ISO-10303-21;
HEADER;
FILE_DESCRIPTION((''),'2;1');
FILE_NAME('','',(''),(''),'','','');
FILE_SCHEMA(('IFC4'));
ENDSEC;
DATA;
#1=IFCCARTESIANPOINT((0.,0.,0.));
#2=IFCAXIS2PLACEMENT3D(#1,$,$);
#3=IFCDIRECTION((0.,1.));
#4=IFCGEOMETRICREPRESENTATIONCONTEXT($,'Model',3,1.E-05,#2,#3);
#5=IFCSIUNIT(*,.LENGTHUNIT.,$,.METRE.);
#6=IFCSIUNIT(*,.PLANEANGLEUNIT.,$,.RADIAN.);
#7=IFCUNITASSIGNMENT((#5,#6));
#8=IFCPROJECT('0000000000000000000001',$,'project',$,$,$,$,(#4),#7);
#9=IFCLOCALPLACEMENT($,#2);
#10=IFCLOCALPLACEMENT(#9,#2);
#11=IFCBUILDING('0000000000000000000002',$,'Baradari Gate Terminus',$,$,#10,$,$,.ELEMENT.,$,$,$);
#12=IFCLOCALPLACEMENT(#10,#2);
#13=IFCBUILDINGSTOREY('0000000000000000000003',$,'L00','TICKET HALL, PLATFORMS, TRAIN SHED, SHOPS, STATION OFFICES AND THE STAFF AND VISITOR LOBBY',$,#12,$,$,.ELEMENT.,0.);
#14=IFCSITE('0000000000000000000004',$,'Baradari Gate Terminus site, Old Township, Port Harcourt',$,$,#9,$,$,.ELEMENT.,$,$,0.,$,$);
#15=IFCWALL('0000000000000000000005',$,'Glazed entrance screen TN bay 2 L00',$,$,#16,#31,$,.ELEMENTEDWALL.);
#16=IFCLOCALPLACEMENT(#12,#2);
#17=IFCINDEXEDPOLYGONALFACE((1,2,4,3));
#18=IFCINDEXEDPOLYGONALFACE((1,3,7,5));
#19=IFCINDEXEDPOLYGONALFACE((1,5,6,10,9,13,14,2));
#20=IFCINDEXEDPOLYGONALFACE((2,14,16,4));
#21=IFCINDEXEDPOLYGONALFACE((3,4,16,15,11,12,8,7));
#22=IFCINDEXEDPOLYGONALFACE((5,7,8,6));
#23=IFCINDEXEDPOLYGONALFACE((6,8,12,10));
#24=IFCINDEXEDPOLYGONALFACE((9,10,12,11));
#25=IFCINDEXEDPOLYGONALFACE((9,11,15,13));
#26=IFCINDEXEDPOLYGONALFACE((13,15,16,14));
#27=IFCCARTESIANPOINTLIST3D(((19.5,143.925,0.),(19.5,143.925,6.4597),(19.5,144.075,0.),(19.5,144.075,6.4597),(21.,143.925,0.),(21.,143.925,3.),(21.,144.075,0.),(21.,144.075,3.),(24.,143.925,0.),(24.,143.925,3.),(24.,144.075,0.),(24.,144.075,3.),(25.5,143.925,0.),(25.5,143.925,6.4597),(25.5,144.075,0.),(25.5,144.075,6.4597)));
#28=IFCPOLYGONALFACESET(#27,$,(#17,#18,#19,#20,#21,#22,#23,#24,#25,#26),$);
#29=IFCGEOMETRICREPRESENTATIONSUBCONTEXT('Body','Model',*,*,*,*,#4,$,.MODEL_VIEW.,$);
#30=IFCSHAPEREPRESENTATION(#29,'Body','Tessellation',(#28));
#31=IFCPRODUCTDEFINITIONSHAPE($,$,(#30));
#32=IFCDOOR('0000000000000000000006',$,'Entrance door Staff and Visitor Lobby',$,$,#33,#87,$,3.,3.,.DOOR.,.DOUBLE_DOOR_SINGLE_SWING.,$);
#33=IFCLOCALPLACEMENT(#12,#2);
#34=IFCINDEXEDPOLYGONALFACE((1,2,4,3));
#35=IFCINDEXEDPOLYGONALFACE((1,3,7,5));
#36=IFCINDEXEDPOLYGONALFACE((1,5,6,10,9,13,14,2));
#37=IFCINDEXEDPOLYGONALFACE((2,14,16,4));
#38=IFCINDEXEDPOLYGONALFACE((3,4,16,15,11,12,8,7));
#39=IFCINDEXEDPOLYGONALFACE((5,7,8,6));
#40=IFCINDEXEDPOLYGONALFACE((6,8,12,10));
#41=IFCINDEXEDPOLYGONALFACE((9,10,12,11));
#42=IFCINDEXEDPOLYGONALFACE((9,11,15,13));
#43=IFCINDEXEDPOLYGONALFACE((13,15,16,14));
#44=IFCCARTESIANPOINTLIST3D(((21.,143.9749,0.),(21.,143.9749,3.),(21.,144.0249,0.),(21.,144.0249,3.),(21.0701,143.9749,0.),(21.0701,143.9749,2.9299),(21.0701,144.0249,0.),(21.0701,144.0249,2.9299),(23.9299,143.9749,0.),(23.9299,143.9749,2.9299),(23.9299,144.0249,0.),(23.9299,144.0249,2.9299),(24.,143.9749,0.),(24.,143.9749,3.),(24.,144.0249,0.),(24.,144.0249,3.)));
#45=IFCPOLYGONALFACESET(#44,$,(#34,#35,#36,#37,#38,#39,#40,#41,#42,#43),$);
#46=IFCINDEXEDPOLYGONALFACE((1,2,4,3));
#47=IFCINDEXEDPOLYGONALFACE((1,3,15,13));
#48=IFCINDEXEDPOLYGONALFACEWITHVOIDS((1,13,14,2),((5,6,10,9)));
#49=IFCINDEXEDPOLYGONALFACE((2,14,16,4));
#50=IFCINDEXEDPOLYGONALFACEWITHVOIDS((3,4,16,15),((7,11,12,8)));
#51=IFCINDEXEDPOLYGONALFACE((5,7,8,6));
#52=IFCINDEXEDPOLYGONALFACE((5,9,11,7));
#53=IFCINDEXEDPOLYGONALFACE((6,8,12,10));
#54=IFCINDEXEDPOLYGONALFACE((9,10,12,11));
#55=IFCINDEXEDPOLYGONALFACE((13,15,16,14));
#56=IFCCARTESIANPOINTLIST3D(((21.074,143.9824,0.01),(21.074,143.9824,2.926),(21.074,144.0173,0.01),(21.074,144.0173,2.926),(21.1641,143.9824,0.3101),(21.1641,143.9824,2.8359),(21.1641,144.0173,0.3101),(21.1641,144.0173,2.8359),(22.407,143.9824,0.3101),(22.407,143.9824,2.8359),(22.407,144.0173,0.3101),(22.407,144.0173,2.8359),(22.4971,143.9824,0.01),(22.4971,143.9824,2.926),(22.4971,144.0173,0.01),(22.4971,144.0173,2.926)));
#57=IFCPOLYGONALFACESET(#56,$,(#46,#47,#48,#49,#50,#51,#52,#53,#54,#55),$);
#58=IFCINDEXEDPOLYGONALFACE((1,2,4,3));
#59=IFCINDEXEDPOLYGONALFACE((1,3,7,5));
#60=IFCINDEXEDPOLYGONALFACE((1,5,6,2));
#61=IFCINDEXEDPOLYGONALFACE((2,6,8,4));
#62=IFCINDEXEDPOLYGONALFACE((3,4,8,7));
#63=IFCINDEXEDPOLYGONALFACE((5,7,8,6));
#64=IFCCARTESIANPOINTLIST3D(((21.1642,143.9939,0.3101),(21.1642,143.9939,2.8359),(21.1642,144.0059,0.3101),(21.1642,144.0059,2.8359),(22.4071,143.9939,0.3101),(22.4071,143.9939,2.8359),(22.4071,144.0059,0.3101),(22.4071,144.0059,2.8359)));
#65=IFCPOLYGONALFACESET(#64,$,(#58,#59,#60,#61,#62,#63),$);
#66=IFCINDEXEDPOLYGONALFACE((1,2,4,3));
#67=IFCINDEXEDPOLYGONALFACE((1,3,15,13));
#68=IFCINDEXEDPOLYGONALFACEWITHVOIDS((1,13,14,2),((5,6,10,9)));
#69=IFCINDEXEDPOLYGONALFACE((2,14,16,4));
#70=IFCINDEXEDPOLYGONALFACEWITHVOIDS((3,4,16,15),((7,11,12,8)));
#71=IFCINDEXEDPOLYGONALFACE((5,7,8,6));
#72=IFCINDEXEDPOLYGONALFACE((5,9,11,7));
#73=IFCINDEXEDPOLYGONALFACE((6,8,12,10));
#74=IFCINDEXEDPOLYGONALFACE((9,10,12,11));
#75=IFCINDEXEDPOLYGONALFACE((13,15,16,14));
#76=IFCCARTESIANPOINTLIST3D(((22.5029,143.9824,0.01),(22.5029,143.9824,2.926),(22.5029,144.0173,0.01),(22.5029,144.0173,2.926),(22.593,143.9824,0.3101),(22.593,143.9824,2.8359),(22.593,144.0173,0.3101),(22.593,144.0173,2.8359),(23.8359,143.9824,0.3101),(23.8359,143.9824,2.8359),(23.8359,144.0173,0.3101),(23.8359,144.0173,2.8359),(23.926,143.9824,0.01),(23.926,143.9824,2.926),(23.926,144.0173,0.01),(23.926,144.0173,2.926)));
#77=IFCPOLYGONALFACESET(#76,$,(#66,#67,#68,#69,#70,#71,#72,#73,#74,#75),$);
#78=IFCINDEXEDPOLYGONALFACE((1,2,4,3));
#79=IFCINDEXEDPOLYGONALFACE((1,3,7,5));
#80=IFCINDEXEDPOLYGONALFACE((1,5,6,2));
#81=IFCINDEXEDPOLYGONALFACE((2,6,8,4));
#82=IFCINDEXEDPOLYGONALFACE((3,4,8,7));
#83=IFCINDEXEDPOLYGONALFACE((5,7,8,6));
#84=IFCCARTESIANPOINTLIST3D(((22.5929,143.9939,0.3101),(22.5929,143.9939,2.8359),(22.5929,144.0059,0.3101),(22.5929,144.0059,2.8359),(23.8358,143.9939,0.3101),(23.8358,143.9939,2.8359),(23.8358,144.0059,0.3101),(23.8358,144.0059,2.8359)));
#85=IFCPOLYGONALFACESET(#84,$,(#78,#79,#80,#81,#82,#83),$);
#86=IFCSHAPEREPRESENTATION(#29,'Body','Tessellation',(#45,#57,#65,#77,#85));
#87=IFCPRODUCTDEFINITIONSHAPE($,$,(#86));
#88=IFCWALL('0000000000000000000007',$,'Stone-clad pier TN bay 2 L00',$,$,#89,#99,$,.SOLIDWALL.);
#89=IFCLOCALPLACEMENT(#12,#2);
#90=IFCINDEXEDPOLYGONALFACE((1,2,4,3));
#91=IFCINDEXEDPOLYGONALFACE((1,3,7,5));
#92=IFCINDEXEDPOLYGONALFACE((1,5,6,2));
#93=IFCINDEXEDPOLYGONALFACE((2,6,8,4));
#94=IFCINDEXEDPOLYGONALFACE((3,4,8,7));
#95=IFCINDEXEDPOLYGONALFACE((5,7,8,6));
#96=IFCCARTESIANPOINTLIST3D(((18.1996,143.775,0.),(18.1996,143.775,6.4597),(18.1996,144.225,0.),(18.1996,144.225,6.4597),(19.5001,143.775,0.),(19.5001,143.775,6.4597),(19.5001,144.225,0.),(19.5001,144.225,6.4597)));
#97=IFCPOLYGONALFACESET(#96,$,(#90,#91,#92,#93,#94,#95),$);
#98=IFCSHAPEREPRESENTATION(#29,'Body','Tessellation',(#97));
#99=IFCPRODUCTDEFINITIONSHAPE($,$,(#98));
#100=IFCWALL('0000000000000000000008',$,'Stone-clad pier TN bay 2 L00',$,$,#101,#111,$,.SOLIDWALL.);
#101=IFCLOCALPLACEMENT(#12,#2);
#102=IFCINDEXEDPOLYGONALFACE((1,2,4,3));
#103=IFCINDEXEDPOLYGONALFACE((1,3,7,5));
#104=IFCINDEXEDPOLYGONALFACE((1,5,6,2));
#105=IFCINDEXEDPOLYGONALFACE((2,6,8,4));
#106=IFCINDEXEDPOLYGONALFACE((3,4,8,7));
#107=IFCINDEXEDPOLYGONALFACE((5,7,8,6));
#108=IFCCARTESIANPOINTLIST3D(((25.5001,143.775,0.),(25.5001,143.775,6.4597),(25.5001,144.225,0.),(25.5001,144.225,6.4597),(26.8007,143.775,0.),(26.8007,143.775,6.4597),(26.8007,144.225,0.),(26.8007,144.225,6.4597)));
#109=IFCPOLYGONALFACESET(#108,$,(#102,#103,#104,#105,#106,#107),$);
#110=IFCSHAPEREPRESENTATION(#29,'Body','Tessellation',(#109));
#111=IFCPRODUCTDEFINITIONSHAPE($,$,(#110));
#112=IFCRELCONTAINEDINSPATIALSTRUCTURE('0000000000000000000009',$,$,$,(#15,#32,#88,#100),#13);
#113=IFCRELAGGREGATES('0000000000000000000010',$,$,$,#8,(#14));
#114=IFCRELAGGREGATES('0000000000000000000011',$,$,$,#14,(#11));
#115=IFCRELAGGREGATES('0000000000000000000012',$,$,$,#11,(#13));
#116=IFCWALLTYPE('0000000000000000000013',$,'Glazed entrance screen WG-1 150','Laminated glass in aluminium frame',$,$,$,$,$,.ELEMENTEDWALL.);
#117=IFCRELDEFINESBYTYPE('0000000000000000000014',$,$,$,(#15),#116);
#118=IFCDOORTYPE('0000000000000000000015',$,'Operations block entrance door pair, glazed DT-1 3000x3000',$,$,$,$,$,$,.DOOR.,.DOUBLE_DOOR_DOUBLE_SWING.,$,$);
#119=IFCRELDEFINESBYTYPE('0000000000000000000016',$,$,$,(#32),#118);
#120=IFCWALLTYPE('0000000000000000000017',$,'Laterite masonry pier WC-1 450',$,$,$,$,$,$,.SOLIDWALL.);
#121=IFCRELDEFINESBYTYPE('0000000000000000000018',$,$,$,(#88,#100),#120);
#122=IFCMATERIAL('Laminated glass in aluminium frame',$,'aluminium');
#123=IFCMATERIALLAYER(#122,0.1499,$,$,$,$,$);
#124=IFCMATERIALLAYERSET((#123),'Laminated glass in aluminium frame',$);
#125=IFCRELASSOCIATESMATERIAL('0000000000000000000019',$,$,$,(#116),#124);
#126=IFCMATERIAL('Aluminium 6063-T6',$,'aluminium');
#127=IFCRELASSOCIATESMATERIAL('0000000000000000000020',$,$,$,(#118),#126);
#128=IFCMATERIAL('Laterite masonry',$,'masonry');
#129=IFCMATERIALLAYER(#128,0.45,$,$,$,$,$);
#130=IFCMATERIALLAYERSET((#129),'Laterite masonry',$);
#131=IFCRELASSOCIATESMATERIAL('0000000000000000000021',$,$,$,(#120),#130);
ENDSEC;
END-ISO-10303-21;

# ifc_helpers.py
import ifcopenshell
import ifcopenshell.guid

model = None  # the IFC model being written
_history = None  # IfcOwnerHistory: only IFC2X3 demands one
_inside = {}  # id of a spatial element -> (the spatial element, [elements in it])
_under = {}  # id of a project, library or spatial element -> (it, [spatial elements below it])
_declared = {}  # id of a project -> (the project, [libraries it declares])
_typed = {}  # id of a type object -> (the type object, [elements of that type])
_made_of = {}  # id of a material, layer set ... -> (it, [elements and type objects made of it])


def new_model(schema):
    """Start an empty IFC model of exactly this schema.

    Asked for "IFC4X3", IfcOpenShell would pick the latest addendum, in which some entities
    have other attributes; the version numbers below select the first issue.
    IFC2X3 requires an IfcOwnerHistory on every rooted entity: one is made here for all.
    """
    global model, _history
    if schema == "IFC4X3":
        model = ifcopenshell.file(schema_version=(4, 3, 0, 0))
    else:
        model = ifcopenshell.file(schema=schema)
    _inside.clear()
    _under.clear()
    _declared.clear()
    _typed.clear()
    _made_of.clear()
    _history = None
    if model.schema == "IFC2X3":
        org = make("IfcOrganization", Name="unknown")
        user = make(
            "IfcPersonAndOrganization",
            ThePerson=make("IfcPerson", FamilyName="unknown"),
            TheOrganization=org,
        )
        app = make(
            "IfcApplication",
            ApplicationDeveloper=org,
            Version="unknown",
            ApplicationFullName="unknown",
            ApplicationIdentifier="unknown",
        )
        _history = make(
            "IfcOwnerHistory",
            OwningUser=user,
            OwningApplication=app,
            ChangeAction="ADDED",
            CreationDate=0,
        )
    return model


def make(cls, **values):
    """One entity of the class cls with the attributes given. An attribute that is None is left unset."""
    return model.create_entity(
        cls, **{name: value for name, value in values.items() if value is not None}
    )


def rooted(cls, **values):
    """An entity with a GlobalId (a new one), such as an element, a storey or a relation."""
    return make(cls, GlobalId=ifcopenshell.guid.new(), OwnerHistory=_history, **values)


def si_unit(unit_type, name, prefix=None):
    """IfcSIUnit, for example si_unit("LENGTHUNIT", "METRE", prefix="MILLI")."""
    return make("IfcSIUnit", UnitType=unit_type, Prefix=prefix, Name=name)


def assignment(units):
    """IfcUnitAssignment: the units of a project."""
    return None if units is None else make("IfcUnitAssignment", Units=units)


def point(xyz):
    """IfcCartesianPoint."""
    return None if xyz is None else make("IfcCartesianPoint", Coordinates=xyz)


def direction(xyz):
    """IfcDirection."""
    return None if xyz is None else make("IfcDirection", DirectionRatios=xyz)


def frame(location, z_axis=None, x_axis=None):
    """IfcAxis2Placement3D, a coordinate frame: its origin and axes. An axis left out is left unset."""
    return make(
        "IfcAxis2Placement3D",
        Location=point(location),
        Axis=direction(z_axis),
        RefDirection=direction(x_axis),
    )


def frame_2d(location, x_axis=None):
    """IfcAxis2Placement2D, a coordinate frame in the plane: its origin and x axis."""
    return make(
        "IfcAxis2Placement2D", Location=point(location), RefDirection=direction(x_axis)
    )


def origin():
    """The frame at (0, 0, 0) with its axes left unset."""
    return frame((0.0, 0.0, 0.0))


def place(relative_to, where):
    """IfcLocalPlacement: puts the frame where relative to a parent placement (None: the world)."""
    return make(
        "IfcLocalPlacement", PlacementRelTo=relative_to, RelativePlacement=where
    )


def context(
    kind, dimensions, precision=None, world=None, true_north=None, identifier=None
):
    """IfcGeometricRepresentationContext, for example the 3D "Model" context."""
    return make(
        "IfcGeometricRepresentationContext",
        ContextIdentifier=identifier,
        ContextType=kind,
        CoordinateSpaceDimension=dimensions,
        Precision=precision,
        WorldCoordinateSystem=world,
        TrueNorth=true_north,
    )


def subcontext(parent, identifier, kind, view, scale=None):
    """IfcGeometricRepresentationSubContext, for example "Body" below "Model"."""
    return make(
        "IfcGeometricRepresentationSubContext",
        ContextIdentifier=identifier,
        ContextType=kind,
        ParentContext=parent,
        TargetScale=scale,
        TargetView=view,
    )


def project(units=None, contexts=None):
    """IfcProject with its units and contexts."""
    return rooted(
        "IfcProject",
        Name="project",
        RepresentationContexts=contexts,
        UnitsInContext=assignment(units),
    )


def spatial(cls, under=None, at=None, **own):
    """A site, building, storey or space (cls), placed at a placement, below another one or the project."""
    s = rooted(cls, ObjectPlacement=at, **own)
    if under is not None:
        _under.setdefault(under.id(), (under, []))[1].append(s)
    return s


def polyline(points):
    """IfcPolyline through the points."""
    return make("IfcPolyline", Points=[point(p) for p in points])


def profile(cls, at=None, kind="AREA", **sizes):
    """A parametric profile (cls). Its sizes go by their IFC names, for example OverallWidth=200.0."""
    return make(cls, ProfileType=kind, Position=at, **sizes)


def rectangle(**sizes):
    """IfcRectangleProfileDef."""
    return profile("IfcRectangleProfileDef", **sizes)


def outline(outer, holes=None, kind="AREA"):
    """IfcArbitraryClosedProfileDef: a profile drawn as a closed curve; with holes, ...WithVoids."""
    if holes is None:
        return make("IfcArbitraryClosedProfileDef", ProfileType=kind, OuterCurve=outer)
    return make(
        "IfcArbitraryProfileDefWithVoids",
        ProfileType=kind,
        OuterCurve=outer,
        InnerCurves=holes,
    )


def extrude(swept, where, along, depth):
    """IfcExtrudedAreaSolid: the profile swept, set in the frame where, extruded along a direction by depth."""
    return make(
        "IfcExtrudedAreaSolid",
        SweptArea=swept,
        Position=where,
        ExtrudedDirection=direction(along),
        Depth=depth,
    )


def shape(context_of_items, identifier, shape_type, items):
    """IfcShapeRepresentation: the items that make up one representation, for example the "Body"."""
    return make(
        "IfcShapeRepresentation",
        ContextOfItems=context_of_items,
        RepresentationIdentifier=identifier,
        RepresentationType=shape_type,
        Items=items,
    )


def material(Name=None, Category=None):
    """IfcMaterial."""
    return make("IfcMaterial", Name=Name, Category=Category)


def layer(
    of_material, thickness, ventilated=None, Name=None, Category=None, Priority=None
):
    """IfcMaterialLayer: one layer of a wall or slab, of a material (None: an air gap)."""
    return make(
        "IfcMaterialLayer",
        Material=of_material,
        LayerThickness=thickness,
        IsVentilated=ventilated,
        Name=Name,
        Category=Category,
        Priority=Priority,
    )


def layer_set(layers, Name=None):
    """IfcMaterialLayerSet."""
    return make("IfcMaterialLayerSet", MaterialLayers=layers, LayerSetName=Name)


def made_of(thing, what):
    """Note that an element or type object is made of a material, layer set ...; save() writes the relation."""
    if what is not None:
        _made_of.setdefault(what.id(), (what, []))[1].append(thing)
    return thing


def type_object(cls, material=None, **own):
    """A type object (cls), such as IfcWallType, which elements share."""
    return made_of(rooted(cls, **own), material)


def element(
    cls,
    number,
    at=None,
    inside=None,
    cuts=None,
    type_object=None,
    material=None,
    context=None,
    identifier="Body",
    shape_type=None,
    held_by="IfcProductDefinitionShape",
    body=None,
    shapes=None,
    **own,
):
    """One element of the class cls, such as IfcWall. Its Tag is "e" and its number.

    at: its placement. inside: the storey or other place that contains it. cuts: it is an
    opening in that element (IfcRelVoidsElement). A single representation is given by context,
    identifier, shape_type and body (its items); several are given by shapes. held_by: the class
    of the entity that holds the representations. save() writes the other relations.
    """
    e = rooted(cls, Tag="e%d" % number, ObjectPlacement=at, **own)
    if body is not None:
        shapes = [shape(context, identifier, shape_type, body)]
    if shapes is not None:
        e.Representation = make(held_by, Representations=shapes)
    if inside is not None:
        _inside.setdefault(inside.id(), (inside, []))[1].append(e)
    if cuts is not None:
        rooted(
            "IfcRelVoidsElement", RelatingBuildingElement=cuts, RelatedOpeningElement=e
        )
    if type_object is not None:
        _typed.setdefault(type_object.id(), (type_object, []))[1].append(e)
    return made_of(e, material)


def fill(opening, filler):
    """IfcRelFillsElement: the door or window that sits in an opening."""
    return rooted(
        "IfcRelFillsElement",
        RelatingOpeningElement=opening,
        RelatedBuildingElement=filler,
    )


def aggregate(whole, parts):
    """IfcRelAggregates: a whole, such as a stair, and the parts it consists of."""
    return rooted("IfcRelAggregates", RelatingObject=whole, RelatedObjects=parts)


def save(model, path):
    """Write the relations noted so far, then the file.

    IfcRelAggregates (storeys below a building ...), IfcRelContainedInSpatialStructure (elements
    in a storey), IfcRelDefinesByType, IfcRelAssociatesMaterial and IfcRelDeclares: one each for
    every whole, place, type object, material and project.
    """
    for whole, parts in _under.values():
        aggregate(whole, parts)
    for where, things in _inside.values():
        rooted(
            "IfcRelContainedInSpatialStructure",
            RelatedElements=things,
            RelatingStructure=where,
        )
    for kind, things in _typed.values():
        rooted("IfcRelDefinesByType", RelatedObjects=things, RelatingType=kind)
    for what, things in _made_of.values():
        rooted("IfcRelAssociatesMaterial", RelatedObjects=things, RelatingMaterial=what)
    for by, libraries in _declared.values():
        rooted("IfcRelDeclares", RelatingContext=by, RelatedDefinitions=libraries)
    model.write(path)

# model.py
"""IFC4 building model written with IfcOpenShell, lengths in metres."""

from ifc_helpers import new_model, si_unit, direction, frame, frame_2d, origin, place, context, subcontext, project, spatial, polyline, rectangle, outline, extrude, material, layer, layer_set, type_object, element, fill, save


model = new_model("IFC4")

# Units and contexts
model_context = context("Model", 3, precision=1e-05, world=origin(), true_north=direction((0.0, 1.0)))
body_context = subcontext(model_context, "Body", "Model", "MODEL_VIEW")
ifc_project = project(units=[si_unit("LENGTHUNIT", "METRE"), si_unit("PLANEANGLEUNIT", "RADIAN")], contexts=[model_context])

# Site, building, storey
site_placement = place(None, origin())
site = spatial("IfcSite", under=ifc_project, at=site_placement, Name="Baradari Gate Terminus site, Old Township, Port Harcourt", CompositionType="ELEMENT", RefElevation=0.0)
building_placement = place(site_placement, origin())
building = spatial("IfcBuilding", under=site, at=building_placement, Name="Baradari Gate Terminus", CompositionType="ELEMENT")
storey_placement = place(building_placement, origin())
storey = spatial("IfcBuildingStorey", under=building, at=storey_placement, Name="L00", Description="TICKET HALL, PLATFORMS, TRAIN SHED, SHOPS, STATION OFFICES AND THE STAFF AND VISITOR LOBBY", CompositionType="ELEMENT", Elevation=0.0)

# Wall, opening, door
ifc_material_1 = material(Name="Laminated glass in aluminium frame", Category="aluminium")
ifc_layer_1 = layer(ifc_material_1, 0.1499)
ifc_layer_set_1 = layer_set([ifc_layer_1], Name="Laminated glass in aluminium frame")
wall_type_1 = type_object("IfcWallType", Name="Glazed entrance screen WG-1 150", Description="Laminated glass in aluminium frame", PredefinedType="ELEMENTEDWALL", material=ifc_layer_set_1)
wall_1_placement = place(storey_placement, frame((19.5, 144.0, 0.0), z_axis=(0.0, 0.0, 1.0), x_axis=(1.0, 0.0, 0.0)))
wall_1 = element("IfcWall", 1, at=wall_1_placement, inside=storey, type_object=wall_type_1, Name="Glazed entrance screen TN bay 2 L00", PredefinedType="ELEMENTEDWALL", context=body_context, shape_type="SweptSolid", body=[
    extrude(rectangle(XDim=6.0, YDim=0.1499, at=frame_2d((3.0, 0.0))), origin(), (0.0, 0.0, 1.0), 6.4597),
])
opening_1_placement = place(wall_1_placement, frame((1.5, 0.0, 0.0)))
opening_1 = element("IfcOpeningElement", 2, at=opening_1_placement, cuts=wall_1, PredefinedType="OPENING", context=body_context, shape_type="SweptSolid", body=[
    extrude(rectangle(XDim=3.0, YDim=3.0, at=frame_2d((1.5, 1.5))), frame((0.0, 0.085, 0.0), z_axis=(0.0, -1.0, 0.0), x_axis=(1.0, 0.0, 0.0)), (0.0, 0.0, 1.0), 0.1699),
])
ifc_material_2 = material(Name="Aluminium 6063-T6", Category="aluminium")
door_type_1 = type_object("IfcDoorType", Name="Operations block entrance door pair, glazed DT-1 3000x3000", OperationType="DOUBLE_DOOR_DOUBLE_SWING", PredefinedType="DOOR", material=ifc_material_2)
door_1_placement = place(opening_1_placement, origin())
door_1 = element("IfcDoor", 3, at=door_1_placement, inside=storey, type_object=door_type_1, Name="Entrance door Staff and Visitor Lobby", OperationType="DOUBLE_DOOR_SINGLE_SWING", OverallHeight=3.0, OverallWidth=3.0, PredefinedType="DOOR", context=body_context, shape_type="SweptSolid", body=[
    extrude(outline(polyline([(0.0, 0.0), (0.0701, 0.0), (0.0701, 2.9299), (2.9299, 2.9299), (2.9299, 0.0), (3.0, 0.0), (3.0, 3.0), (0.0, 3.0), (0.0, 0.0)])), frame((0.0, 0.0249, 0.0), z_axis=(0.0, -1.0, 0.0), x_axis=(1.0, 0.0, 0.0)), (0.0, 0.0, 1.0), 0.05),
    extrude(outline(polyline([(0.074, 0.01), (1.4971, 0.01), (1.4971, 2.926), (0.074, 2.926), (0.074, 0.01)]), holes=[polyline([(0.1641, 0.3101), (1.407, 0.3101), (1.407, 2.8359), (0.1641, 2.8359), (0.1641, 0.3101)])]), frame((0.0, 0.0173, 0.0), z_axis=(0.0, -1.0, 0.0), x_axis=(1.0, 0.0, 0.0)), (0.0, 0.0, 1.0), 0.0349),
    extrude(rectangle(XDim=1.2429, YDim=2.5259, at=frame_2d((0.7856, 1.573))), frame((0.0, 0.0059, 0.0), z_axis=(0.0, -1.0, 0.0), x_axis=(1.0, 0.0, 0.0)), (0.0, 0.0, 1.0), 0.012),
    extrude(outline(polyline([(1.5029, 0.01), (2.926, 0.01), (2.926, 2.926), (1.5029, 2.926), (1.5029, 0.01)]), holes=[polyline([(1.593, 0.3101), (2.8359, 0.3101), (2.8359, 2.8359), (1.593, 2.8359), (1.593, 0.3101)])]), frame((0.0, 0.0173, 0.0), z_axis=(0.0, -1.0, 0.0), x_axis=(1.0, 0.0, 0.0)), (0.0, 0.0, 1.0), 0.0349),
    extrude(rectangle(XDim=1.2429, YDim=2.5259, at=frame_2d((2.2144, 1.573))), frame((0.0, 0.0059, 0.0), z_axis=(0.0, -1.0, 0.0), x_axis=(1.0, 0.0, 0.0)), (0.0, 0.0, 1.0), 0.012),
])
fill(opening_1, door_1)

# Walls
ifc_material_3 = material(Name="Laterite masonry", Category="masonry")
ifc_layer_2 = layer(ifc_material_3, 0.45)
ifc_layer_set_2 = layer_set([ifc_layer_2], Name="Laterite masonry")
wall_type_2 = type_object("IfcWallType", Name="Laterite masonry pier WC-1 450", PredefinedType="SOLIDWALL", material=ifc_layer_set_2)
for number, where, z_axis, x_axis, name in (
    (4, (18.1995, 144.0, 0.0), (0.0, 0.0, 1.0), (1.0, 0.0, 0.0), "Stone-clad pier TN bay 2 L00"),
    (5, (25.5, 144.0, 0.0), (0.0, 0.0, 1.0), (1.0, 0.0, 0.0), "Stone-clad pier TN bay 2 L00"),
):
    element("IfcWall", number, at=place(storey_placement, frame(where, z_axis=z_axis, x_axis=x_axis)), inside=storey, type_object=wall_type_2, Name=name, PredefinedType="SOLIDWALL", context=body_context, shape_type="SweptSolid", body=[
        extrude(rectangle(XDim=1.3005, YDim=0.45, at=frame_2d((0.6504, 0.0))), origin(), (0.0, 0.0, 1.0), 6.4597),
    ])

save(model, "model.ifc")
